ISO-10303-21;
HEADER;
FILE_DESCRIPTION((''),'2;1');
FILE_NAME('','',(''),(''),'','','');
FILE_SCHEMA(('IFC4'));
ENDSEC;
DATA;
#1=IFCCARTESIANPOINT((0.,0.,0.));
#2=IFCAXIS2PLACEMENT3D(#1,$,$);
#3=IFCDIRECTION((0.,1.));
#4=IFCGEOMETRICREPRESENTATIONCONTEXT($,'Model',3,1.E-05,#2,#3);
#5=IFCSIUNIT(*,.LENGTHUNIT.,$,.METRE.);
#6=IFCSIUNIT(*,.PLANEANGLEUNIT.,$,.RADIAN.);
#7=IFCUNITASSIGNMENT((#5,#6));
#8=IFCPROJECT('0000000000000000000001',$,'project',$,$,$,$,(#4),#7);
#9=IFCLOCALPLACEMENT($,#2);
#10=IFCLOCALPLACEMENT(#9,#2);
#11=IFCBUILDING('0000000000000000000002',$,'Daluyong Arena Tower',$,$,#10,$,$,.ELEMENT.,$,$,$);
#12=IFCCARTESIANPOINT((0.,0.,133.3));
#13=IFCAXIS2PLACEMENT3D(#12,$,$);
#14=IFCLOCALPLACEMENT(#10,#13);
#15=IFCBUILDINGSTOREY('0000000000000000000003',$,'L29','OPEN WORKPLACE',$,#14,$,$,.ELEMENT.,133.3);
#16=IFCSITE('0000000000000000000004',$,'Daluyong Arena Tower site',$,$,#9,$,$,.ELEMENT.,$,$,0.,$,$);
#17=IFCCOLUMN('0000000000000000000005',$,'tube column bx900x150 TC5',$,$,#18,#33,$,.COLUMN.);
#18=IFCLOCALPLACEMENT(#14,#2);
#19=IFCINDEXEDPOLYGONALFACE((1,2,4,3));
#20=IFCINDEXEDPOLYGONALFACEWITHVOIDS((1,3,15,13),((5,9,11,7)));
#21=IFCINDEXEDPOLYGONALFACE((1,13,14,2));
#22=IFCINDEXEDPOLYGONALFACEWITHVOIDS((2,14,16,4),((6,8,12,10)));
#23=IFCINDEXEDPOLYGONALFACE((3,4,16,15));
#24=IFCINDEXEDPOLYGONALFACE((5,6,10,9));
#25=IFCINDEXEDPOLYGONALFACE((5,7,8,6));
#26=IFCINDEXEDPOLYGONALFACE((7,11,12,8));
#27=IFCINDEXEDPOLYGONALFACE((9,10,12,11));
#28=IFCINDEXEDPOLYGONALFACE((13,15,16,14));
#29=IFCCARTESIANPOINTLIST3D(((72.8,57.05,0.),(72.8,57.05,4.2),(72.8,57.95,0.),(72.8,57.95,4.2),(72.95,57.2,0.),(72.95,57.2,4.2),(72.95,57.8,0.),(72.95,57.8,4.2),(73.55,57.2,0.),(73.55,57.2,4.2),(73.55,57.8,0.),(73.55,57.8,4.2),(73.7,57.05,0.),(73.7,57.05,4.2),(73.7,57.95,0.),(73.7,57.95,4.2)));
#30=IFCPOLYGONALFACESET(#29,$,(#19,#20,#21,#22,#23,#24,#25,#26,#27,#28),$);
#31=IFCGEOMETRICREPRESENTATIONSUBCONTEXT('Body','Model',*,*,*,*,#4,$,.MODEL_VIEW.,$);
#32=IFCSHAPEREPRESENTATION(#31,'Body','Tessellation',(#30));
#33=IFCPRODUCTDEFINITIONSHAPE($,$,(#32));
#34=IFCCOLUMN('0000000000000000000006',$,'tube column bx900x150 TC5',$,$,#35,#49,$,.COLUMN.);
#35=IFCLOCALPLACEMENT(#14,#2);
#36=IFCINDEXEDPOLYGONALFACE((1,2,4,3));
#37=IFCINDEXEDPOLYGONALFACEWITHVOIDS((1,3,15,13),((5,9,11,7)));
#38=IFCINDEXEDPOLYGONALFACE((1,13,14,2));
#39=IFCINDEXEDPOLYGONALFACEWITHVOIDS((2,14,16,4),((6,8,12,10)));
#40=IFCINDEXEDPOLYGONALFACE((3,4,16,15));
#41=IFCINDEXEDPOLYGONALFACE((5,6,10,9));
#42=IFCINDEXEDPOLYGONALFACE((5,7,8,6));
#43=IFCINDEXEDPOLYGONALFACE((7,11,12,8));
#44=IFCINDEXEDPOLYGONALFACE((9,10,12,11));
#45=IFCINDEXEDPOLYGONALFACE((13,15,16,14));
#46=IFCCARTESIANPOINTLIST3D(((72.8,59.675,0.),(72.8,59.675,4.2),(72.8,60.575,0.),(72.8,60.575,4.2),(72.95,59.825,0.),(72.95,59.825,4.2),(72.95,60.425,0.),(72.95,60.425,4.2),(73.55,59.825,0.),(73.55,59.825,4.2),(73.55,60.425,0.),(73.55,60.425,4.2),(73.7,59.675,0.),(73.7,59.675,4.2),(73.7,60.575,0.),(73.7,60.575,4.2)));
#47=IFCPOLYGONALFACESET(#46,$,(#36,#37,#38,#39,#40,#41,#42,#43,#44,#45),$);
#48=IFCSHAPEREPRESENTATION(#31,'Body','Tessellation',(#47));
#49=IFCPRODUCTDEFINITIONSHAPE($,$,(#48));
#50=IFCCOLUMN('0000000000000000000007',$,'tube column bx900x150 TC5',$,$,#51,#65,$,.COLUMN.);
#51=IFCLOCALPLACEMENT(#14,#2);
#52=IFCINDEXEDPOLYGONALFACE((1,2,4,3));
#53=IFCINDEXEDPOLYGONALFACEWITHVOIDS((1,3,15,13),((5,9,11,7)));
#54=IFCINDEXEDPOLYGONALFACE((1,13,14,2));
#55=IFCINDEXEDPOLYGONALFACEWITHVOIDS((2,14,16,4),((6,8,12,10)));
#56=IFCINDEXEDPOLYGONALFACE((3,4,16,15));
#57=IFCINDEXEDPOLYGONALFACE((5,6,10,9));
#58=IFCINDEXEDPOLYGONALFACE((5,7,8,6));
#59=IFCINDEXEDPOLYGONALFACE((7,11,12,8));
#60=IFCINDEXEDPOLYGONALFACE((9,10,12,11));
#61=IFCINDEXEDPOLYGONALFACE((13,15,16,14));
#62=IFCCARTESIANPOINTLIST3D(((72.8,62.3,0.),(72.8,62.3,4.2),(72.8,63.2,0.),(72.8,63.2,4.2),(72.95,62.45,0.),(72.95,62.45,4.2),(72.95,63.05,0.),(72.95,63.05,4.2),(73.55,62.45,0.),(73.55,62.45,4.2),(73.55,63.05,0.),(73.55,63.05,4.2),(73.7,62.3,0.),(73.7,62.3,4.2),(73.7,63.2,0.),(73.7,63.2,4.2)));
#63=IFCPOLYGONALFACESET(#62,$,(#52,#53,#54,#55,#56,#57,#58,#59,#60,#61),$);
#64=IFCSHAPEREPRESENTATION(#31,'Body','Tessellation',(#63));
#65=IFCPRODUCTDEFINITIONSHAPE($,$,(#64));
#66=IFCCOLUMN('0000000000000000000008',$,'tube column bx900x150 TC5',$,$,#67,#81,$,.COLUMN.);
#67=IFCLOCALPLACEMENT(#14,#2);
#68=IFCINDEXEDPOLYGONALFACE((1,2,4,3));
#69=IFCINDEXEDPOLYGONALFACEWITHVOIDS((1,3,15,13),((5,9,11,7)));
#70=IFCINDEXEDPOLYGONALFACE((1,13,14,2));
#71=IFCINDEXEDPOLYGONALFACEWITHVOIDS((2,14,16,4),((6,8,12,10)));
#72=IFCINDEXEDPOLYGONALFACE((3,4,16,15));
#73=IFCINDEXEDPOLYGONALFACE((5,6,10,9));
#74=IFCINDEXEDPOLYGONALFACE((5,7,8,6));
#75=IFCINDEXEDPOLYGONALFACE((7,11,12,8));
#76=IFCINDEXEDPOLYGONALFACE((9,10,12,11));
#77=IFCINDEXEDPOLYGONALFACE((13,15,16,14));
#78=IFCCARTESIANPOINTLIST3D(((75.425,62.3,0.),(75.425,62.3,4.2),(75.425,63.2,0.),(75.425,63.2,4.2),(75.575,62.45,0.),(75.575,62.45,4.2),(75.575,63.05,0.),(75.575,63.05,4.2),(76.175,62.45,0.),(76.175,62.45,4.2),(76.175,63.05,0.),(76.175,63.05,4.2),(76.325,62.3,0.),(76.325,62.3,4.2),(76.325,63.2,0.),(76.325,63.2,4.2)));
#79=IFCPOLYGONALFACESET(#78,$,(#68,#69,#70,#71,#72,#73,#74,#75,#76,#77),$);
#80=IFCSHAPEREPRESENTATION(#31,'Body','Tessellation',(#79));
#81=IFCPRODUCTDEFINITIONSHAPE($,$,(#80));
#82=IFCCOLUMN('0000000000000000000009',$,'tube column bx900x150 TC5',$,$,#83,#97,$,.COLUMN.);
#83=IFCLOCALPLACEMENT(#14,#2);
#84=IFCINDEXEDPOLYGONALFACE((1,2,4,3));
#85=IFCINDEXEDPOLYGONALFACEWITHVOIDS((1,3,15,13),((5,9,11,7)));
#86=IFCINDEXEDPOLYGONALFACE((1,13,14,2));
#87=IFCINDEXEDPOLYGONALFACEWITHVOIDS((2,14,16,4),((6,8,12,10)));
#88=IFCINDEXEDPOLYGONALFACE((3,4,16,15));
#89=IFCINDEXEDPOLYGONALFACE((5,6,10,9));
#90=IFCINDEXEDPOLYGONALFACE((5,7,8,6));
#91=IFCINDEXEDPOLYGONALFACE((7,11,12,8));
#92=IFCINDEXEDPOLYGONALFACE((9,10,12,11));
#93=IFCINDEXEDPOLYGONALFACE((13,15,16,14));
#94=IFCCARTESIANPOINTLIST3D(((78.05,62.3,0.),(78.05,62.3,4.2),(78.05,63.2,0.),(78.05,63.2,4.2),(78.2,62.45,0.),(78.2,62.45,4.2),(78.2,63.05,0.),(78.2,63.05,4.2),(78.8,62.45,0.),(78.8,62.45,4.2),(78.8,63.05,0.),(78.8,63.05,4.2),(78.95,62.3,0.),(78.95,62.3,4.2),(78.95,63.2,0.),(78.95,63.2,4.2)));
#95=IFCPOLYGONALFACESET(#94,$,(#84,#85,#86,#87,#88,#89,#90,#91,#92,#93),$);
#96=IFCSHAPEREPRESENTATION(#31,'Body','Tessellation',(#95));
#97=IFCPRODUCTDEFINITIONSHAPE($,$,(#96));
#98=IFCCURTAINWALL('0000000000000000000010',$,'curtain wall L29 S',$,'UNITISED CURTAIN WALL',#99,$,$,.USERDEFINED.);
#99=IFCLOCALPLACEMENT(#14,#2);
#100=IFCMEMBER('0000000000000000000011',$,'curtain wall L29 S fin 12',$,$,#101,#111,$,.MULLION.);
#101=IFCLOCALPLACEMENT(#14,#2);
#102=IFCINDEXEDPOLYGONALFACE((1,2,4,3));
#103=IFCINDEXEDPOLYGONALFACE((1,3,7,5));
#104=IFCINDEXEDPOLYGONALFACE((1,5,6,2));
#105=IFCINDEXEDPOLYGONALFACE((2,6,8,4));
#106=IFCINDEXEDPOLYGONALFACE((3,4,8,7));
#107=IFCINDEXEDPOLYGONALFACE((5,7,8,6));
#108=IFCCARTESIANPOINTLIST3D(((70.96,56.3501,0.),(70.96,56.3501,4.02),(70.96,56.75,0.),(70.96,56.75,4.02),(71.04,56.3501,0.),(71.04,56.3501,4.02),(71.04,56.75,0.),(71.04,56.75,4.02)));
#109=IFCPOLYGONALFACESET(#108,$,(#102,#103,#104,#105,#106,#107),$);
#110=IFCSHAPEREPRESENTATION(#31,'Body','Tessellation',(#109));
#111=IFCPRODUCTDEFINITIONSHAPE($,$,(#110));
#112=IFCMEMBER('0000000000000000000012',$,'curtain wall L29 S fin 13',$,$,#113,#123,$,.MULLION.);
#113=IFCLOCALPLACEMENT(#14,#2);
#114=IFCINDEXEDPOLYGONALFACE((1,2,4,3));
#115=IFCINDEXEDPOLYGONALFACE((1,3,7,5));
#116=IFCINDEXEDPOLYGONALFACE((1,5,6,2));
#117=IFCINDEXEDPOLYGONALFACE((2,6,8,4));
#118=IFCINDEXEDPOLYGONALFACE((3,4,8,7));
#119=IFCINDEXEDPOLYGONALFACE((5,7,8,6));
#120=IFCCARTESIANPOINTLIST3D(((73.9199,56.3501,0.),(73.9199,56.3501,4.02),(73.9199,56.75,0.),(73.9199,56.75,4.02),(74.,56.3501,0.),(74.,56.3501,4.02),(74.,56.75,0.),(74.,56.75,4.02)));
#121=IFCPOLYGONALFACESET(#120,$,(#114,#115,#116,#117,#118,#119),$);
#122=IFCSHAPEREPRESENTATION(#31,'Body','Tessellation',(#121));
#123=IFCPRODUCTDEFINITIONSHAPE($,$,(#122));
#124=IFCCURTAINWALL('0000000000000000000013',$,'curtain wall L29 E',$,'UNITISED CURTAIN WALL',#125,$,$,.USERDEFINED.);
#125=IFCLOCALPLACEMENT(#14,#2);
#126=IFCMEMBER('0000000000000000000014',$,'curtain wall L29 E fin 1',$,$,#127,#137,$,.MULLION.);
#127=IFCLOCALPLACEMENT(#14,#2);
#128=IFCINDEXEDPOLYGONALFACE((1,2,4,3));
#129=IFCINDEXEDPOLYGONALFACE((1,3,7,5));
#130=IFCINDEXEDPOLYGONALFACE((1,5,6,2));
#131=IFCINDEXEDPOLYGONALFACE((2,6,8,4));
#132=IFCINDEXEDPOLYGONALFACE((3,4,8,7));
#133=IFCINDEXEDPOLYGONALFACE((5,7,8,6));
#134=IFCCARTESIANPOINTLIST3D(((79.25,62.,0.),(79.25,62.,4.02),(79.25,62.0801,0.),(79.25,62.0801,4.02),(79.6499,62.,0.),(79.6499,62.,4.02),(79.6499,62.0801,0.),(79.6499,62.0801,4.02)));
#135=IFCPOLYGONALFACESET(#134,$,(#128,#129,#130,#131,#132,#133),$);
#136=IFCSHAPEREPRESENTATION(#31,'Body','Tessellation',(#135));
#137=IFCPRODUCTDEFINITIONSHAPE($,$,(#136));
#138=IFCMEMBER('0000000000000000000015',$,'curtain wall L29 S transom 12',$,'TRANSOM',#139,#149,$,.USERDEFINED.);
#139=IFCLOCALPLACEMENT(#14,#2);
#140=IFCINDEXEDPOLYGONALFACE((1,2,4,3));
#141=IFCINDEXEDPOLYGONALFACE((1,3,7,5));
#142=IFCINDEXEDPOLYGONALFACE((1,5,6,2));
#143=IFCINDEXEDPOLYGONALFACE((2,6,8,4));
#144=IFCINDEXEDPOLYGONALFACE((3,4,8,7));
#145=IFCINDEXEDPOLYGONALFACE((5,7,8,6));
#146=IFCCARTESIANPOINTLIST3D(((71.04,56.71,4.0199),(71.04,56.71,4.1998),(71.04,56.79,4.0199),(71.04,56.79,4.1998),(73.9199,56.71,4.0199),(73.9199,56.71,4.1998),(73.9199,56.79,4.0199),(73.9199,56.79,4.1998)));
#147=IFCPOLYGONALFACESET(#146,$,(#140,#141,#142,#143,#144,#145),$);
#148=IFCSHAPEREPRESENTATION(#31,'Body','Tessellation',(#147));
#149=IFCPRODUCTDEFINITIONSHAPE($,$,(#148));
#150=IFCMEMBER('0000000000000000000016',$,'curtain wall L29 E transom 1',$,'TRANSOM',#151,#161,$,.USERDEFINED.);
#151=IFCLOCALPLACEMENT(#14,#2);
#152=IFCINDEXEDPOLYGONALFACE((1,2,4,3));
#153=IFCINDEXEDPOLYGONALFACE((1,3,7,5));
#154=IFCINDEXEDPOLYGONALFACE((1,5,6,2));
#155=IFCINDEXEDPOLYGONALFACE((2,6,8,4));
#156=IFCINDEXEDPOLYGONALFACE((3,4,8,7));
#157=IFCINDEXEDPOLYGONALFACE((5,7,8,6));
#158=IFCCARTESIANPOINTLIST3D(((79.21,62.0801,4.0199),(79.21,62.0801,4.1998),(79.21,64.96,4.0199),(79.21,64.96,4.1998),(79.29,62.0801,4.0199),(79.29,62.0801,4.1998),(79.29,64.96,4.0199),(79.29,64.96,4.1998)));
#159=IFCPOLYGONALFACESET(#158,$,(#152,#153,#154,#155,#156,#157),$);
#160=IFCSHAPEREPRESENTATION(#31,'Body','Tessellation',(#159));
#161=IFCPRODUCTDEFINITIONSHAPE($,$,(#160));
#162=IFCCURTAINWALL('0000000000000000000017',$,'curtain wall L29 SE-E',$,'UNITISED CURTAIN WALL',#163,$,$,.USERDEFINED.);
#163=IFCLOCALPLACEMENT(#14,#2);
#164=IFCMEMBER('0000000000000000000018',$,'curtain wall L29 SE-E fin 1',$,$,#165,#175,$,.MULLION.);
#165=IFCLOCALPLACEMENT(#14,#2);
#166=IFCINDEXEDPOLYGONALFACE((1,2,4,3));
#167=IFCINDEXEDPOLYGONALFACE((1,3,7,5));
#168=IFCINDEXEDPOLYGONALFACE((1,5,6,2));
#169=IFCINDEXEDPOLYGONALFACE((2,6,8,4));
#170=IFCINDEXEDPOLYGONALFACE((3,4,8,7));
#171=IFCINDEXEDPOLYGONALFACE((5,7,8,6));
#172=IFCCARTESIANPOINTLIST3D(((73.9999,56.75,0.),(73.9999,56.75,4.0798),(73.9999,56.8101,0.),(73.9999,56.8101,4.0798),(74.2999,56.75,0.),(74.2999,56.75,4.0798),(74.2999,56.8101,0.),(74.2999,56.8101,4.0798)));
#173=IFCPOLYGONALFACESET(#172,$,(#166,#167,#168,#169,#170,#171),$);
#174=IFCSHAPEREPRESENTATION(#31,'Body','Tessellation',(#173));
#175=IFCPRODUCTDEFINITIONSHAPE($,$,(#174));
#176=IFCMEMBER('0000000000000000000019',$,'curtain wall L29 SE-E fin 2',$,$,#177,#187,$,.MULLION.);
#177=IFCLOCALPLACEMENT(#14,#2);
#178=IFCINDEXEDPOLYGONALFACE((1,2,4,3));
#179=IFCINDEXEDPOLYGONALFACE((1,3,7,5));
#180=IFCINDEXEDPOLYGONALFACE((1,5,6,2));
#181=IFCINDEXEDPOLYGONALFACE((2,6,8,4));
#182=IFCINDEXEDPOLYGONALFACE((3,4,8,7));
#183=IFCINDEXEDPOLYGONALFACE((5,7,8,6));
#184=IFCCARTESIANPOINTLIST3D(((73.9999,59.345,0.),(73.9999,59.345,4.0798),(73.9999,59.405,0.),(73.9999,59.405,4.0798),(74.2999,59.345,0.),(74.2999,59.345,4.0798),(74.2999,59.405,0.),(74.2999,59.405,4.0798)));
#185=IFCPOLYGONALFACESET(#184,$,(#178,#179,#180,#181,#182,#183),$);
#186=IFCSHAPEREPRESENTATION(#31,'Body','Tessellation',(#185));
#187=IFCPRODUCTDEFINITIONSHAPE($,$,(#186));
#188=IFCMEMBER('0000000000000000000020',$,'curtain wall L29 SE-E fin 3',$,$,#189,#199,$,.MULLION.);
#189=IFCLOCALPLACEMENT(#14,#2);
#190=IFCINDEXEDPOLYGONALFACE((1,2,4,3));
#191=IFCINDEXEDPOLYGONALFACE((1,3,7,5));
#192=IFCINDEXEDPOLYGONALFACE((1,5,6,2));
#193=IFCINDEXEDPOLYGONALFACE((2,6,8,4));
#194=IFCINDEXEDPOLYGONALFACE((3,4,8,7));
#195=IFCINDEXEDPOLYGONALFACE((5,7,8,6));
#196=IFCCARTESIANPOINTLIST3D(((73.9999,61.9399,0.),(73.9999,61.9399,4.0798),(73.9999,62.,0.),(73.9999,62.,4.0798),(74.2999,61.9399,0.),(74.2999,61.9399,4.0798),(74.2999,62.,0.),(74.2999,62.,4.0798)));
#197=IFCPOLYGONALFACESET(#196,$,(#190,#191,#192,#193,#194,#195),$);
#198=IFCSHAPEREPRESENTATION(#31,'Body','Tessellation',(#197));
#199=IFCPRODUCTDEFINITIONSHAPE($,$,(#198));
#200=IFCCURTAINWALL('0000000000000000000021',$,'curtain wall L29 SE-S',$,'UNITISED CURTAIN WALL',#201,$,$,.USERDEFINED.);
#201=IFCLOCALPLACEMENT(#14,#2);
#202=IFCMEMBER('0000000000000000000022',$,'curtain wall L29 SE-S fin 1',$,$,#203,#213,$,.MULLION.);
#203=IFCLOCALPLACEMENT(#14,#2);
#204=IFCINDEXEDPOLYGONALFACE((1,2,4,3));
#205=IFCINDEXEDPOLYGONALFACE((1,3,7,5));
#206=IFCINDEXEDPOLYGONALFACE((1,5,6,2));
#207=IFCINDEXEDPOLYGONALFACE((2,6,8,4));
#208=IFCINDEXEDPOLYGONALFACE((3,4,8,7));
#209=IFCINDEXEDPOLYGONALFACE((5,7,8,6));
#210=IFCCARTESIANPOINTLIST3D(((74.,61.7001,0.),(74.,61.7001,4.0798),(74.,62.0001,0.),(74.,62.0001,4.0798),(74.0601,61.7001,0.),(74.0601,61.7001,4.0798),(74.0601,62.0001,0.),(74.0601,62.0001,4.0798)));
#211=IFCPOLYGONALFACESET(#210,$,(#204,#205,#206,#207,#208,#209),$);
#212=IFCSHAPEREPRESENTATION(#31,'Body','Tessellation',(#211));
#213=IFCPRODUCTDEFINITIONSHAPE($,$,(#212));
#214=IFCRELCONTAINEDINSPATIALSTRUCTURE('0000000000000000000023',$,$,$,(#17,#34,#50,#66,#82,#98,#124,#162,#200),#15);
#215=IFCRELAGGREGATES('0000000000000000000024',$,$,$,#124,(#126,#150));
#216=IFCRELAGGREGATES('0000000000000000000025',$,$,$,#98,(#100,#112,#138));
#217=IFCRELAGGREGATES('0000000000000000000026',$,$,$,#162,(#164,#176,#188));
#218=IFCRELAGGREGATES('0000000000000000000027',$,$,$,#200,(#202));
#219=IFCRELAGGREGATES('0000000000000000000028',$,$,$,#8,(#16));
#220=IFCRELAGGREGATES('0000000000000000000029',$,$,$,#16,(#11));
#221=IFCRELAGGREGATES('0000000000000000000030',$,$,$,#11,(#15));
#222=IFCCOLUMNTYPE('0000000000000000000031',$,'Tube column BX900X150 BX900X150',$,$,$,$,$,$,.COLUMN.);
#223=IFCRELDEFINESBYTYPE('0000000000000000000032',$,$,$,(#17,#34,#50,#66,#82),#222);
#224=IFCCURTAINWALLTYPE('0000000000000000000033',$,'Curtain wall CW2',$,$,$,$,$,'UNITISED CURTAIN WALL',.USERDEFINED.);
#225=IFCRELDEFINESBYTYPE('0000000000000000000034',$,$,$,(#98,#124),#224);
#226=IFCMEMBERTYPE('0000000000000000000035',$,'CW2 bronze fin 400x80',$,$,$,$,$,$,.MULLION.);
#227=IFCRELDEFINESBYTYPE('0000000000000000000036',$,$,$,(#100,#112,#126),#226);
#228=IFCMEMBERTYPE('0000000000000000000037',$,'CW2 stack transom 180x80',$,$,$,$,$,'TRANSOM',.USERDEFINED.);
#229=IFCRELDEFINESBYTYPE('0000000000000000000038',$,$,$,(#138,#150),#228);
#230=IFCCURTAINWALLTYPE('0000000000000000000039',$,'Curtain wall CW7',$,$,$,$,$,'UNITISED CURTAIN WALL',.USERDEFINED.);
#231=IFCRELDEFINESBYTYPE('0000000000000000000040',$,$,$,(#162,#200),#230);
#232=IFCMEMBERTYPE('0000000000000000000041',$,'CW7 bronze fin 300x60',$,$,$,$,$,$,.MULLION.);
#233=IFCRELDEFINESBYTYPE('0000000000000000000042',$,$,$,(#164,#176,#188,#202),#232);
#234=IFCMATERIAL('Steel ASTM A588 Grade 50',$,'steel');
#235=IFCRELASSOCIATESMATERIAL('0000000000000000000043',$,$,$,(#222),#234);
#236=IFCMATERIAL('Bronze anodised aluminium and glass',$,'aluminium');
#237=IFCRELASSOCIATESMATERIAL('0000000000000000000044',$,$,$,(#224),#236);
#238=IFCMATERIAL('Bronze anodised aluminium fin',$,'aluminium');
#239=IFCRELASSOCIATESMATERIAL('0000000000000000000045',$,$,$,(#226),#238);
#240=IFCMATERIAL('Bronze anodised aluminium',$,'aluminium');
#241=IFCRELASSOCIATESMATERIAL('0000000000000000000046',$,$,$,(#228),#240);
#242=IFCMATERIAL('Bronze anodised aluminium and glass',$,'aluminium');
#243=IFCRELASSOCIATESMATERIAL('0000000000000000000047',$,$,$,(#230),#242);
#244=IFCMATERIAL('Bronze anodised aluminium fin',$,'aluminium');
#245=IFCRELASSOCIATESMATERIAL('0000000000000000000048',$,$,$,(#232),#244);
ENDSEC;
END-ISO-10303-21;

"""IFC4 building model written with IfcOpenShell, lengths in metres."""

from ifc_helpers import new_model, si_unit, direction, frame, origin, origin_2d, place, context, subcontext, project, spatial, rectangle, hollow_rectangle, extrude, material, material_profile, profile_set, type_object, element, aggregate, save


model = new_model("IFC4")

# Units and contexts
model_context = context("Model", 3, precision=1e-05, world=origin(), true_north=direction((0.0, 1.0)))
body_context = subcontext(model_context, "Body", "Model", "MODEL_VIEW")
ifc_project = project(units=[si_unit("LENGTHUNIT", "METRE"), si_unit("PLANEANGLEUNIT", "RADIAN")], contexts=[model_context])

# Site, building, storey
site_placement = place(None, origin())
site = spatial("IfcSite", under=ifc_project, at=site_placement, Name="Daluyong Arena Tower site", CompositionType="ELEMENT", RefElevation=0.0)
building_placement = place(site_placement, origin())
building = spatial("IfcBuilding", under=site, at=building_placement, Name="Daluyong Arena Tower", CompositionType="ELEMENT")
storey_placement = place(building_placement, frame((0.0, 0.0, 133.3)))
storey = spatial("IfcBuildingStorey", under=building, at=storey_placement, Name="L29", Description="OPEN WORKPLACE", CompositionType="ELEMENT", Elevation=133.3)

# Columns
ifc_material_1 = material(Name="Steel ASTM A588 Grade 50", Category="steel")
ifc_material_profile_1 = material_profile(ifc_material_1, hollow_rectangle(XDim=0.8999, YDim=0.8999, WallThickness=0.15, at=origin_2d()))
ifc_profile_set_1 = profile_set([ifc_material_profile_1], Name="Steel ASTM A588 Grade 50")
column_type = type_object("IfcColumnType", Name="Tube column BX900X150 BX900X150", PredefinedType="COLUMN", material=ifc_profile_set_1)
for number, where, z_axis, x_axis, name in (
    (1, (73.25, 57.5, 0.0), (0.0, 0.0, 1.0), (0.0, 1.0, 0.0), "tube column bx900x150 TC5"),
    (2, (73.25, 60.125, 0.0), (0.0, 0.0, 1.0), (0.0, 1.0, 0.0), "tube column bx900x150 TC5"),
    (3, (73.25, 62.75, 0.0), (0.0, 0.0, 1.0), (1.0, 0.0, 0.0), "tube column bx900x150 TC5"),
    (4, (75.875, 62.75, 0.0), (0.0, 0.0, 1.0), (1.0, 0.0, 0.0), "tube column bx900x150 TC5"),
    (5, (78.5, 62.75, 0.0), (0.0, 0.0, 1.0), (0.0, 1.0, 0.0), "tube column bx900x150 TC5"),
):
    element("IfcColumn", number, at=place(storey_placement, frame(where, z_axis=z_axis, x_axis=x_axis)), inside=storey, type_object=column_type, Name=name, PredefinedType="COLUMN", context=body_context, shape_type="SweptSolid", body=[
        extrude(hollow_rectangle(XDim=0.8999, YDim=0.8999, WallThickness=0.15, at=origin_2d()), origin(), (0.0, 0.0, 1.0), 4.2),
    ])

# Curtain wall, members
ifc_material_2 = material(Name="Bronze anodised aluminium and glass", Category="aluminium")
curtain_wall_type_1 = type_object("IfcCurtainWallType", Name="Curtain wall CW2", ElementType="UNITISED CURTAIN WALL", PredefinedType="USERDEFINED", material=ifc_material_2)
curtain_wall_1_placement = place(storey_placement, origin())
curtain_wall_1 = element("IfcCurtainWall", 6, at=curtain_wall_1_placement, inside=storey, type_object=curtain_wall_type_1, Name="curtain wall L29 S", ObjectType="UNITISED CURTAIN WALL", PredefinedType="USERDEFINED")
ifc_material_3 = material(Name="Bronze anodised aluminium fin", Category="aluminium")
ifc_material_profile_2 = material_profile(ifc_material_3, rectangle(XDim=0.3999, YDim=0.0801, at=origin_2d()))
ifc_profile_set_2 = profile_set([ifc_material_profile_2], Name="Bronze anodised aluminium fin")
member_type_1 = type_object("IfcMemberType", Name="CW2 bronze fin 400x80", PredefinedType="MULLION", material=ifc_profile_set_2)
member_1_placement = place(storey_placement, frame((71.0, 56.55, 0.0), z_axis=(0.0, 0.0, 1.0), x_axis=(0.0, 1.0, 0.0)))
member_1 = element("IfcMember", 7, at=member_1_placement, type_object=member_type_1, Name="curtain wall L29 S fin 12", PredefinedType="MULLION", context=body_context, shape_type="SweptSolid", body=[
    extrude(rectangle(XDim=0.3999, YDim=0.0801, at=origin_2d()), origin(), (0.0, 0.0, 1.0), 4.02),
])
member_2_placement = place(storey_placement, frame((73.96, 56.55, 0.0), z_axis=(0.0, 0.0, 1.0), x_axis=(0.0, 1.0, 0.0)))
member_2 = element("IfcMember", 8, at=member_2_placement, type_object=member_type_1, Name="curtain wall L29 S fin 13", PredefinedType="MULLION", context=body_context, shape_type="SweptSolid", body=[
    extrude(rectangle(XDim=0.3999, YDim=0.0801, at=origin_2d()), origin(), (0.0, 0.0, 1.0), 4.02),
])

# Curtain wall, member
curtain_wall_2_placement = place(storey_placement, origin())
curtain_wall_2 = element("IfcCurtainWall", 9, at=curtain_wall_2_placement, inside=storey, type_object=curtain_wall_type_1, Name="curtain wall L29 E", ObjectType="UNITISED CURTAIN WALL", PredefinedType="USERDEFINED")
member_3_placement = place(storey_placement, frame((79.45, 62.04, 0.0), z_axis=(0.0, 0.0, 1.0), x_axis=(-1.0, 0.0, 0.0)))
member_3 = element("IfcMember", 10, at=member_3_placement, type_object=member_type_1, Name="curtain wall L29 E fin 1", PredefinedType="MULLION", context=body_context, shape_type="SweptSolid", body=[
    extrude(rectangle(XDim=0.3999, YDim=0.0801, at=origin_2d()), origin(), (0.0, 0.0, 1.0), 4.02),
])

# Members
ifc_material_4 = material(Name="Bronze anodised aluminium", Category="aluminium")
ifc_material_profile_3 = material_profile(ifc_material_4, rectangle(XDim=0.0801, YDim=0.1799, at=origin_2d()))
ifc_profile_set_3 = profile_set([ifc_material_profile_3], Name="Bronze anodised aluminium")
member_type_2 = type_object("IfcMemberType", Name="CW2 stack transom 180x80", ElementType="TRANSOM", PredefinedType="USERDEFINED", material=ifc_profile_set_3)
member_4_placement = place(storey_placement, frame((71.04, 56.75, 4.1099), z_axis=(1.0, 0.0, 0.0), x_axis=(0.0, 1.0, 0.0)))
member_4 = element("IfcMember", 11, at=member_4_placement, type_object=member_type_2, Name="curtain wall L29 S transom 12", ObjectType="TRANSOM", PredefinedType="USERDEFINED", context=body_context, shape_type="SweptSolid", body=[
    extrude(rectangle(XDim=0.0801, YDim=0.1799, at=origin_2d()), origin(), (0.0, 0.0, 1.0), 2.8799),
])
member_5_placement = place(storey_placement, frame((79.25, 62.0801, 4.1099), z_axis=(0.0, 1.0, 0.0), x_axis=(-1.0, 0.0, 0.0)))
member_5 = element("IfcMember", 12, at=member_5_placement, type_object=member_type_2, Name="curtain wall L29 E transom 1", ObjectType="TRANSOM", PredefinedType="USERDEFINED", context=body_context, shape_type="SweptSolid", body=[
    extrude(rectangle(XDim=0.0801, YDim=0.1799, at=origin_2d()), origin(), (0.0, 0.0, 1.0), 2.8799),
])
aggregate(curtain_wall_2, [member_3, member_5])

# Curtain walls, members
ifc_material_5 = material(Name="Bronze anodised aluminium and glass", Category="aluminium")
curtain_wall_type_2 = type_object("IfcCurtainWallType", Name="Curtain wall CW7", ElementType="UNITISED CURTAIN WALL", PredefinedType="USERDEFINED", material=ifc_material_5)
curtain_wall_3_placement = place(storey_placement, origin())
curtain_wall_3 = element("IfcCurtainWall", 13, at=curtain_wall_3_placement, inside=storey, type_object=curtain_wall_type_2, Name="curtain wall L29 SE-E", ObjectType="UNITISED CURTAIN WALL", PredefinedType="USERDEFINED")
ifc_material_6 = material(Name="Bronze anodised aluminium fin", Category="aluminium")
ifc_material_profile_4 = material_profile(ifc_material_6, rectangle(XDim=0.3, YDim=0.0601, at=origin_2d()))
ifc_profile_set_4 = profile_set([ifc_material_profile_4], Name="Bronze anodised aluminium fin")
member_type_3 = type_object("IfcMemberType", Name="CW7 bronze fin 300x60", PredefinedType="MULLION", material=ifc_profile_set_4)
member_6_placement = place(storey_placement, frame((74.1499, 56.78, 0.0), z_axis=(0.0, 0.0, 1.0), x_axis=(-1.0, 0.0, 0.0)))
member_6 = element("IfcMember", 14, at=member_6_placement, type_object=member_type_3, Name="curtain wall L29 SE-E fin 1", PredefinedType="MULLION", context=body_context, shape_type="SweptSolid", body=[
    extrude(rectangle(XDim=0.3, YDim=0.0601, at=origin_2d()), origin(), (0.0, 0.0, 1.0), 4.0798),
])
member_7_placement = place(storey_placement, frame((74.1499, 59.375, 0.0), z_axis=(0.0, 0.0, 1.0), x_axis=(-1.0, 0.0, 0.0)))
member_7 = element("IfcMember", 15, at=member_7_placement, type_object=member_type_3, Name="curtain wall L29 SE-E fin 2", PredefinedType="MULLION", context=body_context, shape_type="SweptSolid", body=[
    extrude(rectangle(XDim=0.3, YDim=0.0601, at=origin_2d()), origin(), (0.0, 0.0, 1.0), 4.0798),
])
member_8_placement = place(storey_placement, frame((74.1499, 61.97, 0.0), z_axis=(0.0, 0.0, 1.0), x_axis=(-1.0, 0.0, 0.0)))
member_8 = element("IfcMember", 16, at=member_8_placement, type_object=member_type_3, Name="curtain wall L29 SE-E fin 3", PredefinedType="MULLION", context=body_context, shape_type="SweptSolid", body=[
    extrude(rectangle(XDim=0.3, YDim=0.0601, at=origin_2d()), origin(), (0.0, 0.0, 1.0), 4.0798),
])
curtain_wall_4_placement = place(storey_placement, origin())
curtain_wall_4 = element("IfcCurtainWall", 17, at=curtain_wall_4_placement, inside=storey, type_object=curtain_wall_type_2, Name="curtain wall L29 SE-S", ObjectType="UNITISED CURTAIN WALL", PredefinedType="USERDEFINED")
member_9_placement = place(storey_placement, frame((74.03, 61.8501, 0.0), z_axis=(0.0, 0.0, 1.0), x_axis=(0.0, 1.0, 0.0)))
member_9 = element("IfcMember", 18, at=member_9_placement, type_object=member_type_3, Name="curtain wall L29 SE-S fin 1", PredefinedType="MULLION", context=body_context, shape_type="SweptSolid", body=[
    extrude(rectangle(XDim=0.3, YDim=0.0601, at=origin_2d()), origin(), (0.0, 0.0, 1.0), 4.0798),
])

aggregate(curtain_wall_1, [member_1, member_2, member_4])
aggregate(curtain_wall_3, [member_6, member_7, member_8])
aggregate(curtain_wall_4, [member_9])

save(model, "model.ifc")
